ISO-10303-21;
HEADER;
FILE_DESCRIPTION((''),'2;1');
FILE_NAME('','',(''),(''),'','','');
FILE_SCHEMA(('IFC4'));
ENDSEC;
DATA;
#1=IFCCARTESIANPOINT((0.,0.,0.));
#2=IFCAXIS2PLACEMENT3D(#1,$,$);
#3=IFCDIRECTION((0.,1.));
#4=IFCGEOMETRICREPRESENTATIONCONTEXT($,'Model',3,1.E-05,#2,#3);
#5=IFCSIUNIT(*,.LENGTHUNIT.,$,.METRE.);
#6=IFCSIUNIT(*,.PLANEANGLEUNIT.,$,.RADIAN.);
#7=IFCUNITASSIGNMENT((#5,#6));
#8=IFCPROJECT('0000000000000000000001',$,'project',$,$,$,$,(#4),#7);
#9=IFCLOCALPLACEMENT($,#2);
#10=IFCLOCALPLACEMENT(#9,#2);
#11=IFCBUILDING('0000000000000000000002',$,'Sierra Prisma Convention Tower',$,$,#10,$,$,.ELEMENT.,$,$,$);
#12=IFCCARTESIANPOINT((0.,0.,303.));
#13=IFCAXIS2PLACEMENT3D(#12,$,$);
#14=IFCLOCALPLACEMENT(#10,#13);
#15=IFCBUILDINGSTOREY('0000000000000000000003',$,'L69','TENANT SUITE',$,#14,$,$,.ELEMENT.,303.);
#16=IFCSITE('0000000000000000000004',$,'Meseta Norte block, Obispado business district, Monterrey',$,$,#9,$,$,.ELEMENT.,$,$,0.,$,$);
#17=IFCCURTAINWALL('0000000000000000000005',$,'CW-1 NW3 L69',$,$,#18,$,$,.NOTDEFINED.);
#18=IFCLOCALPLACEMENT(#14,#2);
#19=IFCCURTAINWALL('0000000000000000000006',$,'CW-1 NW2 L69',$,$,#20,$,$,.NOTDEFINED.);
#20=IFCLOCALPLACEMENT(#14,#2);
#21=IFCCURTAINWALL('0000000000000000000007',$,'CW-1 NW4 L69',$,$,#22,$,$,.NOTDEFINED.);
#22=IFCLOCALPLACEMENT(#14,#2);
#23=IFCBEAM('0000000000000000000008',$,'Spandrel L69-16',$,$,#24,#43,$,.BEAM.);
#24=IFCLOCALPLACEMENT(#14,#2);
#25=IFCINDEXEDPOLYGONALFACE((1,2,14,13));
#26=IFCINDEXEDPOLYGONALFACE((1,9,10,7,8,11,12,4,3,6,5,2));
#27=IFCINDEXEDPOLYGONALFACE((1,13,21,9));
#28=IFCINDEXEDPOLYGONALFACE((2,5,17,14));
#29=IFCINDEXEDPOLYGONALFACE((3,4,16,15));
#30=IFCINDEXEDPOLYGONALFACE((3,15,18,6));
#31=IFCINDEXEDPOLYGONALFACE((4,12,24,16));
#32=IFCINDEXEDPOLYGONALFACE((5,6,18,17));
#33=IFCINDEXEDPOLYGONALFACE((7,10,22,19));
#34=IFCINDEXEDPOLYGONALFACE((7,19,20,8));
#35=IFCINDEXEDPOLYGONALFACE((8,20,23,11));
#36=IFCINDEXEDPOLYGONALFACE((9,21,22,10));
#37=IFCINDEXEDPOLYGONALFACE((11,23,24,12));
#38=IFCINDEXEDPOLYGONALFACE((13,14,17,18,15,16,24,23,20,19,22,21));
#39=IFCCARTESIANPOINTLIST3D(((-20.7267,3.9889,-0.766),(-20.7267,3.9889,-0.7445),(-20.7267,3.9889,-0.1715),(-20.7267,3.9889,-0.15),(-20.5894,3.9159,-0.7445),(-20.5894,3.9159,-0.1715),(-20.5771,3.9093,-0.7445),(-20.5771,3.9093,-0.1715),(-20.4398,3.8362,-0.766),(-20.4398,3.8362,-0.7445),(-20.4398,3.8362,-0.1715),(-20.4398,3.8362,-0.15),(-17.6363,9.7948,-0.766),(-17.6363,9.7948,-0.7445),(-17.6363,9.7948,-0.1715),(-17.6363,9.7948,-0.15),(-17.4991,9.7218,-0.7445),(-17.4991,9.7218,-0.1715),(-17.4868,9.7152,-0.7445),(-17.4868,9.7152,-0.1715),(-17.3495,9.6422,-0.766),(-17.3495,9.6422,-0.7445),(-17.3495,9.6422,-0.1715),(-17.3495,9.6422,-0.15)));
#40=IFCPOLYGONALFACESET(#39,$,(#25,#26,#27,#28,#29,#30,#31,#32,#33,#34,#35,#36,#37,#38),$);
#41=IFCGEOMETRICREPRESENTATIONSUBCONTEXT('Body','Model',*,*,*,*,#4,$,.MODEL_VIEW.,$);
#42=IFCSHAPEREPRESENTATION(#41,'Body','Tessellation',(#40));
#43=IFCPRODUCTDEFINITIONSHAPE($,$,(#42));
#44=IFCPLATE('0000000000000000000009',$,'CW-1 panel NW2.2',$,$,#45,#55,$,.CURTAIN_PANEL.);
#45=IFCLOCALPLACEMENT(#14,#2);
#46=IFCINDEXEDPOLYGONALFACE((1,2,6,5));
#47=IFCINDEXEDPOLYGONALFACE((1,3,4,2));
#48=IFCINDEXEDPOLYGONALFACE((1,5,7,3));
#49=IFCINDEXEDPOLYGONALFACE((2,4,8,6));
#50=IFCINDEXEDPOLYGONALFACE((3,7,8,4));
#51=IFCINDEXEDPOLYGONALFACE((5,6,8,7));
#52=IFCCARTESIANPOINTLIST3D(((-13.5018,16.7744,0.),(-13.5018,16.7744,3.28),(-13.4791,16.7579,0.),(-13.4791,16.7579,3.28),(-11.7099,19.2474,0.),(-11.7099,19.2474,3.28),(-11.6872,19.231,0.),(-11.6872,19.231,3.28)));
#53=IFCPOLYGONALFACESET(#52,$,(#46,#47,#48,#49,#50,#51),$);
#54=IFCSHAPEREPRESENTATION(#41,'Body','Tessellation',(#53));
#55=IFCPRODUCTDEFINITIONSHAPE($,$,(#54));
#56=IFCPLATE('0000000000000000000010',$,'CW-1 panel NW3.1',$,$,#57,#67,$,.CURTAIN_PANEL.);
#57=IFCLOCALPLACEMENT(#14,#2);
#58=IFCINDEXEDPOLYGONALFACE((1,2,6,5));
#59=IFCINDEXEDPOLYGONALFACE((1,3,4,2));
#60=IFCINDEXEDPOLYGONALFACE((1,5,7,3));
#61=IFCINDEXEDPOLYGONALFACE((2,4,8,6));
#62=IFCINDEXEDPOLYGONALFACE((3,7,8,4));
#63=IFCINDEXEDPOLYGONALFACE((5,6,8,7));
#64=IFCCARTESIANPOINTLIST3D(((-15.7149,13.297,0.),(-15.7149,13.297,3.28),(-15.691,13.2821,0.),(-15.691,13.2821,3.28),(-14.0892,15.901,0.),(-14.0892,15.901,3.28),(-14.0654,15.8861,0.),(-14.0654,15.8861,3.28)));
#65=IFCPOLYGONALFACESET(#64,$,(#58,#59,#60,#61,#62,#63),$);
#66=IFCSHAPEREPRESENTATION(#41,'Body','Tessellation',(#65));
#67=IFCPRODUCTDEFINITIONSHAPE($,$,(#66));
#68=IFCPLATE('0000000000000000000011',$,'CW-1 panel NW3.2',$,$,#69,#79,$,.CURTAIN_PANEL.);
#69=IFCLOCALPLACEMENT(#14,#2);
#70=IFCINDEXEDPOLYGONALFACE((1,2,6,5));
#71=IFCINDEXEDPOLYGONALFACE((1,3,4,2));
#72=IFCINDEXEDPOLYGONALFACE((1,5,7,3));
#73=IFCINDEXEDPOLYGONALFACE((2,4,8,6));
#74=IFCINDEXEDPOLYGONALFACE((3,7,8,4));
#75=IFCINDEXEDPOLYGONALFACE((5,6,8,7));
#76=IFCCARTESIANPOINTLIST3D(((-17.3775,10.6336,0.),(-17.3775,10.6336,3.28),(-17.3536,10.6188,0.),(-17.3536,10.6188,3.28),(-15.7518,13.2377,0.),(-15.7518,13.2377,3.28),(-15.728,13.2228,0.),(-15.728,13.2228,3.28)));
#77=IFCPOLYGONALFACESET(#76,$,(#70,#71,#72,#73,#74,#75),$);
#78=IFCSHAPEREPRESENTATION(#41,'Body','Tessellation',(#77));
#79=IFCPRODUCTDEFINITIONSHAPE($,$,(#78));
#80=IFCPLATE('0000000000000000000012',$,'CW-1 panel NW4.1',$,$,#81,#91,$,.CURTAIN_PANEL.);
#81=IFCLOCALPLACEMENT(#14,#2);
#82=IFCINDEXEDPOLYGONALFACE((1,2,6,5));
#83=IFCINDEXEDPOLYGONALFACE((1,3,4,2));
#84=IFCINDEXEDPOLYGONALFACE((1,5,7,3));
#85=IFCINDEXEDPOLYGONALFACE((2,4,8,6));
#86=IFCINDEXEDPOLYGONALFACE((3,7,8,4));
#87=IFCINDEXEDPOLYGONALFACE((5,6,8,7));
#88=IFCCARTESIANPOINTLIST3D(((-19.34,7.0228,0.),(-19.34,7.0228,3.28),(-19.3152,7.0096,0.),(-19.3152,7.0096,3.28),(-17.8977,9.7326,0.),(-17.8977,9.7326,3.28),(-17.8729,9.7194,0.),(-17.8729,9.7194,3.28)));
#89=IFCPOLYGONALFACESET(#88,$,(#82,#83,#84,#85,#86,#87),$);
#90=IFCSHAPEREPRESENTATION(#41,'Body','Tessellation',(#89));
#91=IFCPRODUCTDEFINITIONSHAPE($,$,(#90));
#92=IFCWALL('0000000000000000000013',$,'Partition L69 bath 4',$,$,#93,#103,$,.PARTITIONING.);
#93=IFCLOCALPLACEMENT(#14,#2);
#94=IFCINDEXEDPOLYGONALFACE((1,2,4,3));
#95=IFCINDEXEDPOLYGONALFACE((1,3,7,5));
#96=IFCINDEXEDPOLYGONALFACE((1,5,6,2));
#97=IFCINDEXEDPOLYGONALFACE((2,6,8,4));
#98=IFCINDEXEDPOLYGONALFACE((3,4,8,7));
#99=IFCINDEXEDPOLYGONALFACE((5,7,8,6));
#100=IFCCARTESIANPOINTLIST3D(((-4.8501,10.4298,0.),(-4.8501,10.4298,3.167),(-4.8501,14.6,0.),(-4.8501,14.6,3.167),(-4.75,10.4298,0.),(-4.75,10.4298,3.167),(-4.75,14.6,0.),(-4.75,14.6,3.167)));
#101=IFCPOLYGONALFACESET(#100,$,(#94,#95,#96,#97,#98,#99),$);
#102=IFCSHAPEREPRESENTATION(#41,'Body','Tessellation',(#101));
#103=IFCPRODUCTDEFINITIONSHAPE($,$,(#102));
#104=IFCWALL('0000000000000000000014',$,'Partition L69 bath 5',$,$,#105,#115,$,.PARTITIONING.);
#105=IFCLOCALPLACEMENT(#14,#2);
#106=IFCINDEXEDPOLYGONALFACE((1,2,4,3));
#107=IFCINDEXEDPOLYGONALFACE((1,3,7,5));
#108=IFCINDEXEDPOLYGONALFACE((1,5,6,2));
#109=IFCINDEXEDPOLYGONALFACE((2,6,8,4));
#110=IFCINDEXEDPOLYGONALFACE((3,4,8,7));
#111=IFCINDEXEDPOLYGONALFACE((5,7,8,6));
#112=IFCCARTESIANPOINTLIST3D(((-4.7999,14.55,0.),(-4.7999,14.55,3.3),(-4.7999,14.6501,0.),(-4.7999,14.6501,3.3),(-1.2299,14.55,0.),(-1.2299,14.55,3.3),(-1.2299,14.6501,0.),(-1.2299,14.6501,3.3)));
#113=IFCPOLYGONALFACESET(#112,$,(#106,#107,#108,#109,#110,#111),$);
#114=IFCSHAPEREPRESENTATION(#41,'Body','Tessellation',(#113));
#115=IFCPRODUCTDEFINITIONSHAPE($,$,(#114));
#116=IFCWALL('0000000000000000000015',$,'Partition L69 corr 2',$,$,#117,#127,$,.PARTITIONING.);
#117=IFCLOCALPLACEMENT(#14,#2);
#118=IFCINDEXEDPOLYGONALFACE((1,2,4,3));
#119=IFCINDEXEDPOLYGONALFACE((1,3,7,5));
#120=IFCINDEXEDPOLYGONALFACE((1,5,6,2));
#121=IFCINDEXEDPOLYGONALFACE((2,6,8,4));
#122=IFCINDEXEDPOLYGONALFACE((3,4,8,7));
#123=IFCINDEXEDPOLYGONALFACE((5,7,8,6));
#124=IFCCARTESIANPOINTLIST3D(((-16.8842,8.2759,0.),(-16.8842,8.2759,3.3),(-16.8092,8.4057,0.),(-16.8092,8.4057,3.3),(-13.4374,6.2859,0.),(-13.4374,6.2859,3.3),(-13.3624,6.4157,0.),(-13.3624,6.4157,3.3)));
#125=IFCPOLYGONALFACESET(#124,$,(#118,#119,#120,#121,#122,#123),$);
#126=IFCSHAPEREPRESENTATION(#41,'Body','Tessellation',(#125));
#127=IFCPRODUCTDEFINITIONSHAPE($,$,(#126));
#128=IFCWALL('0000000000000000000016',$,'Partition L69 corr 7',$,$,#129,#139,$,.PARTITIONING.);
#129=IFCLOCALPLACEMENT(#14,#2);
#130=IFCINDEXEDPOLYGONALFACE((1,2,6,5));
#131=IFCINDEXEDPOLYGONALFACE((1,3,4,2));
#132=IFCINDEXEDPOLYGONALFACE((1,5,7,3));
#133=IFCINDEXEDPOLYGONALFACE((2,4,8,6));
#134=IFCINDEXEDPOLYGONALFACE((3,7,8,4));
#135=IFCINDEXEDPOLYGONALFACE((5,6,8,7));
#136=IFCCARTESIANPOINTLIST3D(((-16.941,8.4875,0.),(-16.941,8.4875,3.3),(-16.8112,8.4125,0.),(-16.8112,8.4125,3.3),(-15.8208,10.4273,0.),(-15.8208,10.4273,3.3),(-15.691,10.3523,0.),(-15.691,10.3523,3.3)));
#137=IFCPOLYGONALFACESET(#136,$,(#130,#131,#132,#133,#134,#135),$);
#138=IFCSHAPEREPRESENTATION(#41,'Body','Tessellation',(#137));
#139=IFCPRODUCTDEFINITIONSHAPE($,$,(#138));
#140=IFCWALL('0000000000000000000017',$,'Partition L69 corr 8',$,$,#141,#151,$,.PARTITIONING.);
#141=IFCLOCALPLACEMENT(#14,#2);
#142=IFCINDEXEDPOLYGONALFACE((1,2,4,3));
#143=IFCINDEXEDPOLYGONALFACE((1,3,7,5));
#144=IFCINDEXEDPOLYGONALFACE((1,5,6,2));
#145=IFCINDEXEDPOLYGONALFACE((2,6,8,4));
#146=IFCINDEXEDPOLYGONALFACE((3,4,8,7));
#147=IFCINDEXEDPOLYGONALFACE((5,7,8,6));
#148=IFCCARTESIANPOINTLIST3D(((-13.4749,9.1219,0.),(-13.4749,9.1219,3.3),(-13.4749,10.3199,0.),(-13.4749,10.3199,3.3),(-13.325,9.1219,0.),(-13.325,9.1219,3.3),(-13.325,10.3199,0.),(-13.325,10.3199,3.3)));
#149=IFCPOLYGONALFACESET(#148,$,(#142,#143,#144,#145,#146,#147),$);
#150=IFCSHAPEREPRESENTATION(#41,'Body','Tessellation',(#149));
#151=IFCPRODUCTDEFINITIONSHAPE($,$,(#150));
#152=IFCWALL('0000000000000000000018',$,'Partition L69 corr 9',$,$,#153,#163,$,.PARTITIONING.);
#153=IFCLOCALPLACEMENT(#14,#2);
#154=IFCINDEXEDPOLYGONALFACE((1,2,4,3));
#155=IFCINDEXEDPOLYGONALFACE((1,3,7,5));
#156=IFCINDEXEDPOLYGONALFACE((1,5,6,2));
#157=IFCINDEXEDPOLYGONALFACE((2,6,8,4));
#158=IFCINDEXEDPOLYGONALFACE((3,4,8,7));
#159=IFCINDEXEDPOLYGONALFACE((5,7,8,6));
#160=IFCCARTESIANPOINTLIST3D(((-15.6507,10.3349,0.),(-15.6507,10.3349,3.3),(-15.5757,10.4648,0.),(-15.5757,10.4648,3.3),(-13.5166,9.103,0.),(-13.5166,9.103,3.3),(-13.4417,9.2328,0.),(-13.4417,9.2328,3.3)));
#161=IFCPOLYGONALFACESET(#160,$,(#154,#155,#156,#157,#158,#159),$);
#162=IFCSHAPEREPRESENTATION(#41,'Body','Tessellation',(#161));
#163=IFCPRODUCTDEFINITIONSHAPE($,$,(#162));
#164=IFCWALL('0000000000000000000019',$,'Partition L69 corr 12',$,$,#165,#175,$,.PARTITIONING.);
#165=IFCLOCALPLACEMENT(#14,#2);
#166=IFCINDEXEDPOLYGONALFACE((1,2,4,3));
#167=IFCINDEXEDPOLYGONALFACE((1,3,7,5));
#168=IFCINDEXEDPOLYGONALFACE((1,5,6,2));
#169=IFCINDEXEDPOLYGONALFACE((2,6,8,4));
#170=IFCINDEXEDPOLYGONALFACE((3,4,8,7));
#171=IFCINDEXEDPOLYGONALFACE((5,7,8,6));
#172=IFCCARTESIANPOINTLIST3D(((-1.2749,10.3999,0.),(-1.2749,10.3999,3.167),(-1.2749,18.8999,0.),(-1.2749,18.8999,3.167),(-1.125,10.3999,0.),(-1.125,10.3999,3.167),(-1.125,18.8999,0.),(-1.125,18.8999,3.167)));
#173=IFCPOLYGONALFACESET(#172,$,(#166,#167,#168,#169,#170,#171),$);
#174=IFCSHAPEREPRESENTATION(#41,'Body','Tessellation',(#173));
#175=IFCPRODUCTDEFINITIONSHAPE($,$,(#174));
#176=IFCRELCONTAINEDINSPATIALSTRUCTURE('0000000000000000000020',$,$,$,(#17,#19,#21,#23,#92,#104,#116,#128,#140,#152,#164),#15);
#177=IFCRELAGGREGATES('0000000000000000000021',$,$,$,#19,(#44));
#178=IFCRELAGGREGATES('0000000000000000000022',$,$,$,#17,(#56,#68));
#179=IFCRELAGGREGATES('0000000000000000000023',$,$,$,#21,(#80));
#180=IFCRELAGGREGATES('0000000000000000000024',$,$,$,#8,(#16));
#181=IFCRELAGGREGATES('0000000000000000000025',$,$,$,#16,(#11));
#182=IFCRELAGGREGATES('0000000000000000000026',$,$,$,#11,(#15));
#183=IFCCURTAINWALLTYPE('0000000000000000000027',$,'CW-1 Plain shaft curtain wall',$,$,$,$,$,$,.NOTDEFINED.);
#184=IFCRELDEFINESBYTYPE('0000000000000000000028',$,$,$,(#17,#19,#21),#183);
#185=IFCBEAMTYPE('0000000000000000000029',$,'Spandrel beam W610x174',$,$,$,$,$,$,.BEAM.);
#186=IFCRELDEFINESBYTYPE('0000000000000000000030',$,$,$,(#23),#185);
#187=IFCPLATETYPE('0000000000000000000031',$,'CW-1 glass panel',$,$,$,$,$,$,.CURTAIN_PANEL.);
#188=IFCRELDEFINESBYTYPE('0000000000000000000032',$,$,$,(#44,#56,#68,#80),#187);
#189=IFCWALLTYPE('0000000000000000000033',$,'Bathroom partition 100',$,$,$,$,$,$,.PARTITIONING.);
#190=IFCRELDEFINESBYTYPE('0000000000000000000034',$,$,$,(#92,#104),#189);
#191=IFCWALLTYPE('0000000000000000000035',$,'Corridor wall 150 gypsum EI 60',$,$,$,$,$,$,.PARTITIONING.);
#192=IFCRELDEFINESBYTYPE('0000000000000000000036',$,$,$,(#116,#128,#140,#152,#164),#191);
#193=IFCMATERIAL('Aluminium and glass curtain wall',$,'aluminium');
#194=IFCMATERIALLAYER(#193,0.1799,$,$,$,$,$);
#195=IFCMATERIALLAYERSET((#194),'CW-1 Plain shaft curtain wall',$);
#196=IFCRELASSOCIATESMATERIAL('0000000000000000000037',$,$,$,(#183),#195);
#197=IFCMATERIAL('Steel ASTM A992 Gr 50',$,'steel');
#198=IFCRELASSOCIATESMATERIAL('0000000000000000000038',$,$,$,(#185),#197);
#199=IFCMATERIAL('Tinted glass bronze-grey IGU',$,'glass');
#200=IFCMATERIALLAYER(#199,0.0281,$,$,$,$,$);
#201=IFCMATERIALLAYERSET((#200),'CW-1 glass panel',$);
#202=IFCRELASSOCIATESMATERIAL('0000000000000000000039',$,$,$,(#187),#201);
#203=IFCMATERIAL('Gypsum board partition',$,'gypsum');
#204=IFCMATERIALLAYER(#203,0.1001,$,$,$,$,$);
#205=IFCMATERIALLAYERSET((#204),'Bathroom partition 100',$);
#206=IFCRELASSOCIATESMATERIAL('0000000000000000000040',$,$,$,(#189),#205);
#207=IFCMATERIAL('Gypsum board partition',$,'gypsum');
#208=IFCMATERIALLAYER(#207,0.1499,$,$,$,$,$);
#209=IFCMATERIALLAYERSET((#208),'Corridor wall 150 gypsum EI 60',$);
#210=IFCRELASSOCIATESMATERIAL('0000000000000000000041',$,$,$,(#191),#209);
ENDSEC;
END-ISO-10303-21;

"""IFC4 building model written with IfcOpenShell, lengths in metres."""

from ifc_helpers import new_model, si_unit, direction, frame, frame_2d, origin, origin_2d, place, context, subcontext, project, spatial, rectangle, i_section, extrude, material, layer, layer_set, material_profile, profile_set, type_object, element, aggregate, save


model = new_model("IFC4")

# Units and contexts
model_context = context("Model", 3, precision=1e-05, world=origin(), true_north=direction((0.0, 1.0)))
body_context = subcontext(model_context, "Body", "Model", "MODEL_VIEW")
ifc_project = project(units=[si_unit("LENGTHUNIT", "METRE"), si_unit("PLANEANGLEUNIT", "RADIAN")], contexts=[model_context])

# Site, building, storey
site_placement = place(None, origin())
site = spatial("IfcSite", under=ifc_project, at=site_placement, Name="Meseta Norte block, Obispado business district, Monterrey", CompositionType="ELEMENT", RefElevation=0.0)
building_placement = place(site_placement, origin())
building = spatial("IfcBuilding", under=site, at=building_placement, Name="Sierra Prisma Convention Tower", CompositionType="ELEMENT")
storey_placement = place(building_placement, frame((0.0, 0.0, 303.0)))
storey = spatial("IfcBuildingStorey", under=building, at=storey_placement, Name="L69", Description="TENANT SUITE", CompositionType="ELEMENT", Elevation=303.0)

# Curtain wall
ifc_material_1 = material(Name="Aluminium and glass curtain wall", Category="aluminium")
ifc_layer_1 = layer(ifc_material_1, 0.1799)
ifc_layer_set_1 = layer_set([ifc_layer_1], Name="CW-1 Plain shaft curtain wall")
curtain_wall_type = type_object("IfcCurtainWallType", Name="CW-1 Plain shaft curtain wall", PredefinedType="NOTDEFINED", material=ifc_layer_set_1)
curtain_wall_1_placement = place(storey_placement, origin())
curtain_wall_1 = element("IfcCurtainWall", 1, at=curtain_wall_1_placement, inside=storey, type_object=curtain_wall_type, Name="CW-1 NW3 L69", PredefinedType="NOTDEFINED")

# Curtain wall
curtain_wall_2_placement = place(storey_placement, origin())
curtain_wall_2 = element("IfcCurtainWall", 2, at=curtain_wall_2_placement, inside=storey, type_object=curtain_wall_type, Name="CW-1 NW2 L69", PredefinedType="NOTDEFINED")

# Curtain wall
curtain_wall_3_placement = place(storey_placement, origin())
curtain_wall_3 = element("IfcCurtainWall", 3, at=curtain_wall_3_placement, inside=storey, type_object=curtain_wall_type, Name="CW-1 NW4 L69", PredefinedType="NOTDEFINED")

# Beam
ifc_material_2 = material(Name="Steel ASTM A992 Gr 50", Category="steel")
ifc_material_profile_1 = material_profile(ifc_material_2, i_section(OverallWidth=0.325, OverallDepth=0.616, WebThickness=0.0139, FlangeThickness=0.0215, at=origin_2d()), Name="W610x174")
ifc_profile_set_1 = profile_set([ifc_material_profile_1], Name="Steel ASTM A992 Gr 50")
beam_type_1 = type_object("IfcBeamType", Name="Spandrel beam W610x174", PredefinedType="BEAM", material=ifc_profile_set_1)
for number, where, z_axis, x_axis, name in (
    (4, (-17.4929, 9.7185, -0.458), (-0.46986, -0.882741, 0.0), (0.882741, -0.46986, 0.0), "Spandrel L69-16"),
):
    element("IfcBeam", number, at=place(storey_placement, frame(where, z_axis=z_axis, x_axis=x_axis)), inside=storey, type_object=beam_type_1, Name=name, PredefinedType="BEAM", context=body_context, shape_type="SweptSolid", body=[
        extrude(i_section(OverallWidth=0.325, OverallDepth=0.616, WebThickness=0.0139, FlangeThickness=0.0215, at=origin_2d()), origin(), (0.0, 0.0, 1.0), 6.5771),
    ])

# Plates
ifc_material_3 = material(Name="Tinted glass bronze-grey IGU", Category="glass")
ifc_layer_2 = layer(ifc_material_3, 0.0281)
ifc_layer_set_2 = layer_set([ifc_layer_2], Name="CW-1 glass panel")
plate_type = type_object("IfcPlateType", Name="CW-1 glass panel", PredefinedType="CURTAIN_PANEL", material=ifc_layer_set_2)
plate_1_placement = place(storey_placement, frame((-12.5945, 18.0027, 0.0), z_axis=(0.0, 0.0, 1.0), x_axis=(-0.586742, -0.809774, 0.0)))
plate_1 = element("IfcPlate", 5, at=plate_1_placement, type_object=plate_type, Name="CW-1 panel NW2.2", PredefinedType="CURTAIN_PANEL", context=body_context, shape_type="SweptSolid", body=[
    extrude(rectangle(XDim=3.054, YDim=0.0281, at=origin_2d()), origin(), (0.0, 0.0, 1.0), 3.28),
])
aggregate(curtain_wall_2, [plate_1])
plate_2_placement = place(storey_placement, frame((-14.8901, 14.5916, 0.0), z_axis=(0.0, 0.0, 1.0), x_axis=(-0.529555, -0.848276, 0.0)))
plate_2 = element("IfcPlate", 6, at=plate_2_placement, type_object=plate_type, Name="CW-1 panel NW3.1", PredefinedType="CURTAIN_PANEL", context=body_context, shape_type="SweptSolid", body=[
    extrude(rectangle(XDim=3.0698, YDim=0.0281, at=origin_2d()), origin(), (0.0, 0.0, 1.0), 3.28),
])
plate_3_placement = place(storey_placement, frame((-16.5527, 11.9282, 0.0), z_axis=(0.0, 0.0, 1.0), x_axis=(-0.529555, -0.848276, 0.0)))
plate_3 = element("IfcPlate", 7, at=plate_3_placement, type_object=plate_type, Name="CW-1 panel NW3.2", PredefinedType="CURTAIN_PANEL", context=body_context, shape_type="SweptSolid", body=[
    extrude(rectangle(XDim=3.0698, YDim=0.0281, at=origin_2d()), origin(), (0.0, 0.0, 1.0), 3.28),
])
aggregate(curtain_wall_1, [plate_2, plate_3])
plate_4_placement = place(storey_placement, frame((-18.6064, 8.3711, 0.0), z_axis=(0.0, 0.0, 1.0), x_axis=(-0.469851, -0.882746, 0.0)))
plate_4 = element("IfcPlate", 8, at=plate_4_placement, type_object=plate_type, Name="CW-1 panel NW4.1", PredefinedType="CURTAIN_PANEL", context=body_context, shape_type="SweptSolid", body=[
    extrude(rectangle(XDim=3.0698, YDim=0.0281, at=origin_2d()), origin(), (0.0, 0.0, 1.0), 3.28),
])
aggregate(curtain_wall_3, [plate_4])

# Walls
ifc_material_4 = material(Name="Gypsum board partition", Category="gypsum")
ifc_layer_3 = layer(ifc_material_4, 0.1001)
ifc_layer_set_3 = layer_set([ifc_layer_3], Name="Bathroom partition 100")
wall_type_1 = type_object("IfcWallType", Name="Bathroom partition 100", PredefinedType="PARTITIONING", material=ifc_layer_set_3)
wall_1_placement = place(storey_placement, frame((-4.8, 10.4299, 0.0), z_axis=(0.0, 0.0, 1.0), x_axis=(0.0, 1.0, 0.0)))
element("IfcWall", 9, at=wall_1_placement, inside=storey, type_object=wall_type_1, Name="Partition L69 bath 4", PredefinedType="PARTITIONING", context=body_context, shape_type="SweptSolid", body=[
    extrude(rectangle(XDim=4.1702, YDim=0.1001, at=frame_2d((2.085, 0.0))), origin(), (0.0, 0.0, 1.0), 3.167),
])
wall_2_placement = place(storey_placement, frame((-4.8, 14.6001, 0.0), z_axis=(0.0, 0.0, 1.0), x_axis=(1.0, 0.0, 0.0)))
element("IfcWall", 10, at=wall_2_placement, inside=storey, type_object=wall_type_1, Name="Partition L69 bath 5", PredefinedType="PARTITIONING", context=body_context, shape_type="SweptSolid", body=[
    extrude(rectangle(XDim=3.5701, YDim=0.1001, at=frame_2d((1.7852, 0.0))), origin(), (0.0, 0.0, 1.0), 3.3),
])
ifc_material_5 = material(Name="Gypsum board partition", Category="gypsum")
ifc_layer_4 = layer(ifc_material_5, 0.1499)
ifc_layer_set_4 = layer_set([ifc_layer_4], Name="Corridor wall 150 gypsum EI 60")
wall_type_2 = type_object("IfcWallType", Name="Corridor wall 150 gypsum EI 60", PredefinedType="PARTITIONING", material=ifc_layer_set_4)
wall_3_placement = place(storey_placement, frame((-16.8467, 8.3408, 0.0), z_axis=(0.0, 0.0, 1.0), x_axis=(0.866026, -0.499999, 0.0)))
element("IfcWall", 11, at=wall_3_placement, inside=storey, type_object=wall_type_2, Name="Partition L69 corr 2", PredefinedType="PARTITIONING", context=body_context, shape_type="SweptSolid", body=[
    extrude(rectangle(XDim=3.98, YDim=0.1499, at=frame_2d((1.99, 0.0))), origin(), (0.0, 0.0, 1.0), 3.3),
])
wall_4_placement = place(storey_placement, frame((-15.7559, 10.3899, 0.0), z_axis=(0.0, 0.0, 1.0), x_axis=(-0.500078, -0.86598, 0.0)))
element("IfcWall", 12, at=wall_4_placement, inside=storey, type_object=wall_type_2, Name="Partition L69 corr 7", PredefinedType="PARTITIONING", context=body_context, shape_type="SweptSolid", body=[
    extrude(rectangle(XDim=2.24, YDim=0.1499, at=frame_2d((1.1201, 0.0))), origin(), (0.0, 0.0, 1.0), 3.3),
])
wall_5_placement = place(storey_placement, frame((-13.3999, 10.3201, 0.0), z_axis=(0.0, 0.0, 1.0), x_axis=(0.0, -1.0, 0.0)))
element("IfcWall", 13, at=wall_5_placement, inside=storey, type_object=wall_type_2, Name="Partition L69 corr 8", PredefinedType="PARTITIONING", context=body_context, shape_type="SweptSolid", body=[
    extrude(rectangle(XDim=1.198, YDim=0.1499, at=frame_2d((0.5991, 0.0))), origin(), (0.0, 0.0, 1.0), 3.3),
])
wall_6_placement = place(storey_placement, frame((-13.4792, 9.168, 0.0), z_axis=(0.0, 0.0, 1.0), x_axis=(-0.866052, 0.499954, 0.0)))
element("IfcWall", 14, at=wall_6_placement, inside=storey, type_object=wall_type_2, Name="Partition L69 corr 9", PredefinedType="PARTITIONING", context=body_context, shape_type="SweptSolid", body=[
    extrude(rectangle(XDim=2.4641, YDim=0.1499, at=frame_2d((1.2319, 0.0))), origin(), (0.0, 0.0, 1.0), 3.3),
])
wall_7_placement = place(storey_placement, frame((-1.2, 18.8999, 0.0), z_axis=(0.0, 0.0, 1.0), x_axis=(0.0, -1.0, 0.0)))
element("IfcWall", 15, at=wall_7_placement, inside=storey, type_object=wall_type_2, Name="Partition L69 corr 12", PredefinedType="PARTITIONING", context=body_context, shape_type="SweptSolid", body=[
    extrude(rectangle(XDim=8.5, YDim=0.1499, at=frame_2d((4.25, 0.0))), origin(), (0.0, 0.0, 1.0), 3.167),
])

save(model, "model.ifc")
